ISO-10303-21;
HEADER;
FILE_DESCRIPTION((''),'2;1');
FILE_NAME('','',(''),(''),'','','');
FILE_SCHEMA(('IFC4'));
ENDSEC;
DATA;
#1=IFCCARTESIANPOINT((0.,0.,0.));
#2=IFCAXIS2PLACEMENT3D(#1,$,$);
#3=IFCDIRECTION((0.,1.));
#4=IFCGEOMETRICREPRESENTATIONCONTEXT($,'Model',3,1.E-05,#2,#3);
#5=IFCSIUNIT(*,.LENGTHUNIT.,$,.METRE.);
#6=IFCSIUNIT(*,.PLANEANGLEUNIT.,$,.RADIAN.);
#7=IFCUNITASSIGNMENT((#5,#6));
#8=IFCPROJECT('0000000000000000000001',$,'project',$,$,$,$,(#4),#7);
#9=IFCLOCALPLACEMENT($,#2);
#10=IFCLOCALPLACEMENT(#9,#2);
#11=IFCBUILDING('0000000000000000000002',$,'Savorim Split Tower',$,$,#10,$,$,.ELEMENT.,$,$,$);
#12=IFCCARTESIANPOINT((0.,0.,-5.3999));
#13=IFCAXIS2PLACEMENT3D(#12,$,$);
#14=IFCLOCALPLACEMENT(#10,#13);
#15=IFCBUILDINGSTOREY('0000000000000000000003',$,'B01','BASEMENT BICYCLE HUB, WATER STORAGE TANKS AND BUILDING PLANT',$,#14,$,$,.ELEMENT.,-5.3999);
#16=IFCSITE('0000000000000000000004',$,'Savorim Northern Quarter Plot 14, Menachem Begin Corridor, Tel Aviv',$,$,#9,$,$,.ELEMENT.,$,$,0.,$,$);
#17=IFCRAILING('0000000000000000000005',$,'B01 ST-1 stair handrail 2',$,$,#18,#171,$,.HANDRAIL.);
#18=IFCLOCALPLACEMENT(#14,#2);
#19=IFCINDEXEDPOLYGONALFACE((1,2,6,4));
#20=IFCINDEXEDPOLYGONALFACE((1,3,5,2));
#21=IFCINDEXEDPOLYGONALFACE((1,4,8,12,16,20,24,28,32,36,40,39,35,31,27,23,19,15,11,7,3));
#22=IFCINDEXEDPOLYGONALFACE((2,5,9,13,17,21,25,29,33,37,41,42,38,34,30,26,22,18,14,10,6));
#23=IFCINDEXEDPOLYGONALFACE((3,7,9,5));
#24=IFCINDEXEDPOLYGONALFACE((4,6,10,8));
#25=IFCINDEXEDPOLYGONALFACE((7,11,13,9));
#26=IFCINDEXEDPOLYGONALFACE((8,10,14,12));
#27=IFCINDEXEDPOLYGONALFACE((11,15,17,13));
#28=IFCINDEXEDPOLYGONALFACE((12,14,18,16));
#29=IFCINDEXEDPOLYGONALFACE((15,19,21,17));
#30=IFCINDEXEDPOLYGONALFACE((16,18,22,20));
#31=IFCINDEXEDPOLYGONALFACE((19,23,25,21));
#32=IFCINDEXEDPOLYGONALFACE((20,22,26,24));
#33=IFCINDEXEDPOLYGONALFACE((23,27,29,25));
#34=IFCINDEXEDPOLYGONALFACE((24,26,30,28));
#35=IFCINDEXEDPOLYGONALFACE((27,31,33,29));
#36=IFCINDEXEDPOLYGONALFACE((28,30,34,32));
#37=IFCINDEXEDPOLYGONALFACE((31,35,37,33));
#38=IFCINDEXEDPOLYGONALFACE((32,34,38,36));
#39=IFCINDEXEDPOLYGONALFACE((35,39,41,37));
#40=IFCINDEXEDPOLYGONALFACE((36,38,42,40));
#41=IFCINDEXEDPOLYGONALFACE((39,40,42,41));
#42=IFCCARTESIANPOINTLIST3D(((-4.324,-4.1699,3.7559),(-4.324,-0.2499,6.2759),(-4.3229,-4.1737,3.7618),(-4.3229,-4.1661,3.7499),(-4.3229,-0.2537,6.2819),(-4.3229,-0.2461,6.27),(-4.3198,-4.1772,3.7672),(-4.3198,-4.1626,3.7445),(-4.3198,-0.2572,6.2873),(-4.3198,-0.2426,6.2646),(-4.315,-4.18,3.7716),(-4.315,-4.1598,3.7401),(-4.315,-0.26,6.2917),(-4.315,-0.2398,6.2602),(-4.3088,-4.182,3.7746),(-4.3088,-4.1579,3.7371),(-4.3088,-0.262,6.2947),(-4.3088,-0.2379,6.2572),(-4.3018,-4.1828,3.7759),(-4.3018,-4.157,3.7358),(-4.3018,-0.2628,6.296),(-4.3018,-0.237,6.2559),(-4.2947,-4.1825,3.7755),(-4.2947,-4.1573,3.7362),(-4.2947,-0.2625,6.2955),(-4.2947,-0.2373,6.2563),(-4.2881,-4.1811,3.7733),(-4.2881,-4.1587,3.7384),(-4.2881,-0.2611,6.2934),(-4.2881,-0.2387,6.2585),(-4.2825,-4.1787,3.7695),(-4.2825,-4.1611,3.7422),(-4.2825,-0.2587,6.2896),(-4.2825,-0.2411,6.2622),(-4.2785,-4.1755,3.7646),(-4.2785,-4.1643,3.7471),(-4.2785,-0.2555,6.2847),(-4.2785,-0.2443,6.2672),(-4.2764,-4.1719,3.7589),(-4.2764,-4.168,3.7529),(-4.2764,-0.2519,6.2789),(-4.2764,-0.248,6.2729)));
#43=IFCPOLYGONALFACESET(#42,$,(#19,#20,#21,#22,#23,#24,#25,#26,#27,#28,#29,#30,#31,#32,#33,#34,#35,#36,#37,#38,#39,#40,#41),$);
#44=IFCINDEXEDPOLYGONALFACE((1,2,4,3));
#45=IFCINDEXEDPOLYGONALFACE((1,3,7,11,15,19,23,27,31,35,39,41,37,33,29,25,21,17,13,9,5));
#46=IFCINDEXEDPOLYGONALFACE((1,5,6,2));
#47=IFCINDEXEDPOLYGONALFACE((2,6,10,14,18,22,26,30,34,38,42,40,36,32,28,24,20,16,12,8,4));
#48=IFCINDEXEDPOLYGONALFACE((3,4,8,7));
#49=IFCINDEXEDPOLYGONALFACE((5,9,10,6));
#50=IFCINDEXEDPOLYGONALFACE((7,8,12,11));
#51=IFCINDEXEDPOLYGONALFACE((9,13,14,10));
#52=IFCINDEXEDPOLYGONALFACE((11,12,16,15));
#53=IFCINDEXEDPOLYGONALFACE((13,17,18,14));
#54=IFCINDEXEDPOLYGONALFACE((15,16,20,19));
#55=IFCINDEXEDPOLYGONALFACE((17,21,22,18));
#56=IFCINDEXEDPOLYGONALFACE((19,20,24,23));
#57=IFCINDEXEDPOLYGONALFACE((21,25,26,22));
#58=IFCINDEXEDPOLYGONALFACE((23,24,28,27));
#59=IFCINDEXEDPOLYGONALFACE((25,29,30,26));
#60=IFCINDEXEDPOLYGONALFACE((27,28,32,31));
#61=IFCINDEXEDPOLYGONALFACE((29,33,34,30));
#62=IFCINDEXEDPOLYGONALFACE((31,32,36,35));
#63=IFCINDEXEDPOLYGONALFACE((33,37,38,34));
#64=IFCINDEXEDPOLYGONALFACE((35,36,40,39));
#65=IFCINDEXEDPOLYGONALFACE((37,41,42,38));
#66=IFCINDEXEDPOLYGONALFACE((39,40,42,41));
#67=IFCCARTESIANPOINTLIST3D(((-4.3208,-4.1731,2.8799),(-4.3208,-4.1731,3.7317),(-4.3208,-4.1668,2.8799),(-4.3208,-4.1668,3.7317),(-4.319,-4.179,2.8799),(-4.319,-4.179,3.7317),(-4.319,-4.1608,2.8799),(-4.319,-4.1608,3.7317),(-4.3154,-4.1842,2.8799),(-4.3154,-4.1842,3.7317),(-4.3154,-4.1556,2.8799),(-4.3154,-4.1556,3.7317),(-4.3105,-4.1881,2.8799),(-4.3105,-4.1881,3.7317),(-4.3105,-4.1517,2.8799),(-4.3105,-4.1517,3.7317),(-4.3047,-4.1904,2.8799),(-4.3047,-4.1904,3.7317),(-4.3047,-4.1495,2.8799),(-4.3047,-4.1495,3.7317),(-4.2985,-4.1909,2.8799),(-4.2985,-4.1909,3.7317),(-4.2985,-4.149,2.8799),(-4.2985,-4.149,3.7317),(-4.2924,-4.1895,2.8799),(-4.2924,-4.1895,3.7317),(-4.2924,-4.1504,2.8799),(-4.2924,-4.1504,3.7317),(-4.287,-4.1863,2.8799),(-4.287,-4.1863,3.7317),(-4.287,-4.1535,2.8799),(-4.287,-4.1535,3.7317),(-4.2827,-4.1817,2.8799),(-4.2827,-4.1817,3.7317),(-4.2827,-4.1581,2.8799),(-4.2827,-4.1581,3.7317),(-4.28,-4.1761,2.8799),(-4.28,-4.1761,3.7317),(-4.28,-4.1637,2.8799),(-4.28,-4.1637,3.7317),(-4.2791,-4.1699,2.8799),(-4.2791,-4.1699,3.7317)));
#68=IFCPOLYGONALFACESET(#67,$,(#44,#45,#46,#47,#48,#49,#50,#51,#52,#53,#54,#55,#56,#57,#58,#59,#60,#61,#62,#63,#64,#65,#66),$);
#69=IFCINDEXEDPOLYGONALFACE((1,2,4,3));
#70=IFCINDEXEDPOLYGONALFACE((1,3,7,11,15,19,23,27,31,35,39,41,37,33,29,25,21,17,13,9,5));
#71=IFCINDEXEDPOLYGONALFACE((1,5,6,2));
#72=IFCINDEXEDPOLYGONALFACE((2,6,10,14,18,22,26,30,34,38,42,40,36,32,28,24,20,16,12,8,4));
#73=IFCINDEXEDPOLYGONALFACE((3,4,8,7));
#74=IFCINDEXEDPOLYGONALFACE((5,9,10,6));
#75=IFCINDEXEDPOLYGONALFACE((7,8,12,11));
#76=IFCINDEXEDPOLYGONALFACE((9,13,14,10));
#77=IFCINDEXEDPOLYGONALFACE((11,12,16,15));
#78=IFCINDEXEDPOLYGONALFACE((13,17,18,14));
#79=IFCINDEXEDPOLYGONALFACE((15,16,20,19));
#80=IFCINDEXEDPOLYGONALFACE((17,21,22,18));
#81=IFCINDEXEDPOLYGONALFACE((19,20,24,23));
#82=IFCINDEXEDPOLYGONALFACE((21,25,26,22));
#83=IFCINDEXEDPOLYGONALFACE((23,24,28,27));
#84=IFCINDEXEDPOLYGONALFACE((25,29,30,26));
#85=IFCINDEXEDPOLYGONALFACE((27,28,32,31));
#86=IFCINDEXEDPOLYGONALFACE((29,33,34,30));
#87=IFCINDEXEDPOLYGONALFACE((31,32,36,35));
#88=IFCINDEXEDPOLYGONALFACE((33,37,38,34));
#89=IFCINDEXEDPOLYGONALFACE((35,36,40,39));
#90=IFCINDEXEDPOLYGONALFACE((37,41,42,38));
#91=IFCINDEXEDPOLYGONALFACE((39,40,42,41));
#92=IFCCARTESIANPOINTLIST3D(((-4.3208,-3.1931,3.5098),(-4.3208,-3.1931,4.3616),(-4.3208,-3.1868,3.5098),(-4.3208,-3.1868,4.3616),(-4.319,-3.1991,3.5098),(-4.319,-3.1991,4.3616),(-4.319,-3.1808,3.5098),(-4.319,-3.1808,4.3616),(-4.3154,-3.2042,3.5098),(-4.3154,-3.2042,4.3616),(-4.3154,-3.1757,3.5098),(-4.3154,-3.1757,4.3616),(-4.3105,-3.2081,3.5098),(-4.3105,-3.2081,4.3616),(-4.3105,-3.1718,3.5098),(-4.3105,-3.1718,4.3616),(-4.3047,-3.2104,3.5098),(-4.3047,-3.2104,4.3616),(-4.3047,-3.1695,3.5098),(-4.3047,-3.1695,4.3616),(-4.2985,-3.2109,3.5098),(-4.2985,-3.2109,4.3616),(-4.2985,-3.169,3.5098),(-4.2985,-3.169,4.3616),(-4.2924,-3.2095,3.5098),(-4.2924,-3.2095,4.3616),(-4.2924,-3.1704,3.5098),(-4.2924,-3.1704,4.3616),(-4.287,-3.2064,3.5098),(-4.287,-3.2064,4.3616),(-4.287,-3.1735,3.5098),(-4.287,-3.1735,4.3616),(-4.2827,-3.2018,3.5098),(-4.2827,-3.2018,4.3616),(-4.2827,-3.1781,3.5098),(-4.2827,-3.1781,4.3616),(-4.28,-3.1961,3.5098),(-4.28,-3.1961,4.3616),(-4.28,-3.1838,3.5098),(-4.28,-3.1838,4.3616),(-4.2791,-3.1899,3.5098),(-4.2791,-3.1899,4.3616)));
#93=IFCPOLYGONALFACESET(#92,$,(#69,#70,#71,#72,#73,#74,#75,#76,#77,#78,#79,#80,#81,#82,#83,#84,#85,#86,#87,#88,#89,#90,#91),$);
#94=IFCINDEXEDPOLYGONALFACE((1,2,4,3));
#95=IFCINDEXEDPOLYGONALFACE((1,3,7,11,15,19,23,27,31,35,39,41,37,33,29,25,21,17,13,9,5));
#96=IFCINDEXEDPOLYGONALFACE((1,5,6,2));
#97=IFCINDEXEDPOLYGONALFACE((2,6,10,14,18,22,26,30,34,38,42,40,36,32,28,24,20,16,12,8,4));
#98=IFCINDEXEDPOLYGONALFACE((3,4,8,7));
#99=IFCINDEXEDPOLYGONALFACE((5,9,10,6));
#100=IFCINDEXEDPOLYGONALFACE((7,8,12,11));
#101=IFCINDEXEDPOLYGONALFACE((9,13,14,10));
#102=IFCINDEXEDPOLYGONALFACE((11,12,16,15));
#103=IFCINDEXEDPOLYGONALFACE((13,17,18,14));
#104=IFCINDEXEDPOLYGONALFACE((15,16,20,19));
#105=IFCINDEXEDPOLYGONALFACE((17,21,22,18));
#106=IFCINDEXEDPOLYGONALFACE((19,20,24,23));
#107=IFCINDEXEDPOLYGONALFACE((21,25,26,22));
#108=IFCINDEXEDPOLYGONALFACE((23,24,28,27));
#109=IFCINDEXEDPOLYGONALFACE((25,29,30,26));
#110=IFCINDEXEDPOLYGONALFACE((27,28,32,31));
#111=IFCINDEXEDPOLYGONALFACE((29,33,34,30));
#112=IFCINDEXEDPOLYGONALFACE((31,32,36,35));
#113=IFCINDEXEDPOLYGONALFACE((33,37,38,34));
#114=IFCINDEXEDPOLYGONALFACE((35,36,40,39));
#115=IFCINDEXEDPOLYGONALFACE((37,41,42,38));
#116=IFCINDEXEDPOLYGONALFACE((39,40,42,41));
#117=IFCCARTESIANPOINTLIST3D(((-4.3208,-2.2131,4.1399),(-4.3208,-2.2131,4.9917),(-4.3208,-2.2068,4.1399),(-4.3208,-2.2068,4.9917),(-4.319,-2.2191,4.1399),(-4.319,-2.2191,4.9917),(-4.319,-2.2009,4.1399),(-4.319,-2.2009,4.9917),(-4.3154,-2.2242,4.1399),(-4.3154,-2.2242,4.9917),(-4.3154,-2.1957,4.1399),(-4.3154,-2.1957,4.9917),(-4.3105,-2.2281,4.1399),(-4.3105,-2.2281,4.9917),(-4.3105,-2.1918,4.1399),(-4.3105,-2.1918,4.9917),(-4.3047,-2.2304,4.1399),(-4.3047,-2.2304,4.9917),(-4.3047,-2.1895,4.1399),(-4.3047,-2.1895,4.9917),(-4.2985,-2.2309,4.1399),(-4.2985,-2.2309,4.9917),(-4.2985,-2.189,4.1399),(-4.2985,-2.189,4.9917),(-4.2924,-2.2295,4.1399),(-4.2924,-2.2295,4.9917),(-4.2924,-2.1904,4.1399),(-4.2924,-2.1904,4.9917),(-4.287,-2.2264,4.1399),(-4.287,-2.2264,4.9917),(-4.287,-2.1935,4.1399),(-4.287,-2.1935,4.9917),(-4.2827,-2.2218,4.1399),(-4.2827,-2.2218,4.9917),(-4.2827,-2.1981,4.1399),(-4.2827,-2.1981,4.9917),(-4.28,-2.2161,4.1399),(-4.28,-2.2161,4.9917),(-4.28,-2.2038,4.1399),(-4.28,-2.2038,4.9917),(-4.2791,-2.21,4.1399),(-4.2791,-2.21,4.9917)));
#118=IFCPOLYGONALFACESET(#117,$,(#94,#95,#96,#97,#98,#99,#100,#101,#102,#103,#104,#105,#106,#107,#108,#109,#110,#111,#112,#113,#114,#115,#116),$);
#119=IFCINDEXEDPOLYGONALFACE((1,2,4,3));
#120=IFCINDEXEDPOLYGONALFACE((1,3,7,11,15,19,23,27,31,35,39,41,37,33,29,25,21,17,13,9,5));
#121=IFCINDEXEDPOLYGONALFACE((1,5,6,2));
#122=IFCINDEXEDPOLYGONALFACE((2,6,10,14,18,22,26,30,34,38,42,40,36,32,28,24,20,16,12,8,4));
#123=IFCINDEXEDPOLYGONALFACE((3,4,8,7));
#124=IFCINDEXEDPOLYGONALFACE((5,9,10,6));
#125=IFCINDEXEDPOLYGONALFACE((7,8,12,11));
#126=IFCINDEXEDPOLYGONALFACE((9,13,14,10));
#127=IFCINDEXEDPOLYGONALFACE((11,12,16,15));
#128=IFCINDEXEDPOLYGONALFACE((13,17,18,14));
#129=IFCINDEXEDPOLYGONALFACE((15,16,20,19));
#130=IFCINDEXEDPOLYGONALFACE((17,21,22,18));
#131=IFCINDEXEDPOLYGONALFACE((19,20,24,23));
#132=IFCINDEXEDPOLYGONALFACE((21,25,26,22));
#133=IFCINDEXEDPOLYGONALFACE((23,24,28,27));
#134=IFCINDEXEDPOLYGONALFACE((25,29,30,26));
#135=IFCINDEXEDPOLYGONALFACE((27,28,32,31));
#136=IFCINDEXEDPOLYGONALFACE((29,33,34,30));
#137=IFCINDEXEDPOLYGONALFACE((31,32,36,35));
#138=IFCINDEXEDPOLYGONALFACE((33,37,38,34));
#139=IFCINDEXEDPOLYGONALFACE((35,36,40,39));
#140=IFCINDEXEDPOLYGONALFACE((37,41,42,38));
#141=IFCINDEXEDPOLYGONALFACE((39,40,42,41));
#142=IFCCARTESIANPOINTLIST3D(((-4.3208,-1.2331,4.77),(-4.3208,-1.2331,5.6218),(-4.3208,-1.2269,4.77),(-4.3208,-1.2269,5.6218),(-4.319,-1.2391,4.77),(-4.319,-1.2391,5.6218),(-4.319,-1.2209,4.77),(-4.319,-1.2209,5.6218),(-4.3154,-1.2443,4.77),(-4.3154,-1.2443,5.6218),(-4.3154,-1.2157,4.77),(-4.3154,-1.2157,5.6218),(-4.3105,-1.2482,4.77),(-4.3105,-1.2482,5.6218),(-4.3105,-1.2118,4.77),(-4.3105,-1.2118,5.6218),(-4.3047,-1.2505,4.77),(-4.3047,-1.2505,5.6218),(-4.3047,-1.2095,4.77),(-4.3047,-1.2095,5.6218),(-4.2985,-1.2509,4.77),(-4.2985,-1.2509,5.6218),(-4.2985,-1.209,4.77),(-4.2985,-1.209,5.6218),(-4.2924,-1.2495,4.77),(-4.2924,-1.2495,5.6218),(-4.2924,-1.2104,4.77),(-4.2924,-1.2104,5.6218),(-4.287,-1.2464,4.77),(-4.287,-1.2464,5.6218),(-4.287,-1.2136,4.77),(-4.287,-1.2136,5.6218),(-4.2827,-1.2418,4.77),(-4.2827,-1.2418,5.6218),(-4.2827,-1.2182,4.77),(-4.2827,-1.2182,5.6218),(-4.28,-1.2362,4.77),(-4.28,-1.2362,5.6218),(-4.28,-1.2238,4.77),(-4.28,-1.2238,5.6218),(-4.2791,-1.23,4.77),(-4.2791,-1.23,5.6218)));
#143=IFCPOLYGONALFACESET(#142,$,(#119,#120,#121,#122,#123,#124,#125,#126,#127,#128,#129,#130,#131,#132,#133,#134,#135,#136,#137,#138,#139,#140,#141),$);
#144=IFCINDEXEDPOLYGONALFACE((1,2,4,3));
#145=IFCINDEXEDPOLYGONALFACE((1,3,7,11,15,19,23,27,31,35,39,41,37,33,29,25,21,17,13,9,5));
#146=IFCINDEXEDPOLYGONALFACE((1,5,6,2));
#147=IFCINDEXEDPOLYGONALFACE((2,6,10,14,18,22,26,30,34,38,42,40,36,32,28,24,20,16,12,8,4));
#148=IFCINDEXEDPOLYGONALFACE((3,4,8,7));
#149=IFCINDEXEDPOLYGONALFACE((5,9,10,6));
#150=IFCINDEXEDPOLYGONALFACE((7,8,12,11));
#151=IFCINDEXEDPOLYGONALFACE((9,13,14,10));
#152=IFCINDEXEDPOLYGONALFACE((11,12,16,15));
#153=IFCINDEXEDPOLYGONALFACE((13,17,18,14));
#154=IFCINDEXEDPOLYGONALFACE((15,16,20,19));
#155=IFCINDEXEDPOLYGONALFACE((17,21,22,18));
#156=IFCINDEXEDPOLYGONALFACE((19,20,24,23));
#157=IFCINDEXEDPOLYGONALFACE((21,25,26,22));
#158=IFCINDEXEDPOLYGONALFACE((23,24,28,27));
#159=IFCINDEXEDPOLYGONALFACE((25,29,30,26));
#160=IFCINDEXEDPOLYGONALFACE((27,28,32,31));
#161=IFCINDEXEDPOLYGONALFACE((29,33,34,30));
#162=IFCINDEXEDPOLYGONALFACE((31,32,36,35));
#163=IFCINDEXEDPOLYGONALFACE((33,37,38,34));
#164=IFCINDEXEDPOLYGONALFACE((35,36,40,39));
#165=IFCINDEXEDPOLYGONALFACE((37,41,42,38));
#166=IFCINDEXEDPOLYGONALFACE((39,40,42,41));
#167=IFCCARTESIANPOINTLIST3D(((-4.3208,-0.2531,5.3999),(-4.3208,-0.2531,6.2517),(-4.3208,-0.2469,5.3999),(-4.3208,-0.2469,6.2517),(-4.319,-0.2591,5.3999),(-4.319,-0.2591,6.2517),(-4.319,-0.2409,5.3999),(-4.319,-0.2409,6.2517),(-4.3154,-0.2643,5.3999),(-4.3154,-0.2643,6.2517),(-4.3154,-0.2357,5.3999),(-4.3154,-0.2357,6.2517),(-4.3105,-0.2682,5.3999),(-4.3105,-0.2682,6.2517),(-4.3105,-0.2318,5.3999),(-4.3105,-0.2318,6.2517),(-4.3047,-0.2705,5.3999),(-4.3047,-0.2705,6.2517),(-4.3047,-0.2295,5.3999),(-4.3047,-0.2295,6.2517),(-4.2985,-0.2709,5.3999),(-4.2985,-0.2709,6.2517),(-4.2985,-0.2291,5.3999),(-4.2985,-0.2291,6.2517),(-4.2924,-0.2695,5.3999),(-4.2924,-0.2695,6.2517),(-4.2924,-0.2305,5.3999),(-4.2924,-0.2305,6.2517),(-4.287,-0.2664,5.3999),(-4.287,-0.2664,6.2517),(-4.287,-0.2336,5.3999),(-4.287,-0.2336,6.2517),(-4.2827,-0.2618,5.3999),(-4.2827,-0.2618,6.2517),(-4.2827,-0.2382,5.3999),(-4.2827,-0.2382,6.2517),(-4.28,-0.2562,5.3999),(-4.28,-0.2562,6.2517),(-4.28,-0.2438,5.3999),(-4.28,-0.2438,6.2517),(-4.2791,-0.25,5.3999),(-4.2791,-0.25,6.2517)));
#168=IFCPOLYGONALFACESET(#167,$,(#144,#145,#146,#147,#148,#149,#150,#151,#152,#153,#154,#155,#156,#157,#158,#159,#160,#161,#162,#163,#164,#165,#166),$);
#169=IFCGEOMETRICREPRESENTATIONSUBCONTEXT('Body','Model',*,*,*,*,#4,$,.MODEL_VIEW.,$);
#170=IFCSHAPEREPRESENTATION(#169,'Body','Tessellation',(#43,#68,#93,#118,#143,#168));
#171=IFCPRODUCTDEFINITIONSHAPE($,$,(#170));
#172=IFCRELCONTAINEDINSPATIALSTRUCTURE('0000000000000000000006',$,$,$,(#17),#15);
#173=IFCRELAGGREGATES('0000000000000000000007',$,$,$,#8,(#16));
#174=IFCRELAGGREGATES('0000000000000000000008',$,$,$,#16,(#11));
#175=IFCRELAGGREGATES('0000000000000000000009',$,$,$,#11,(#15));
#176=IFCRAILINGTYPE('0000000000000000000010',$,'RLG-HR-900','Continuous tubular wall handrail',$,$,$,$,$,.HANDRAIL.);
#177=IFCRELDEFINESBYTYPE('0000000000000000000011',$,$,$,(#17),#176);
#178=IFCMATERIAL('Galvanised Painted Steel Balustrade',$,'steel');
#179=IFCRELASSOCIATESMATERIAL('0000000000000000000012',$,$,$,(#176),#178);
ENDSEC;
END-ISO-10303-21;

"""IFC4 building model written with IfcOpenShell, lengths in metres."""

from ifc_helpers import new_model, si_unit, direction, frame, origin, origin_2d, place, context, subcontext, project, spatial, circle, extrude, material, type_object, element, save


model = new_model("IFC4")

# Units and contexts
model_context = context("Model", 3, precision=1e-05, world=origin(), true_north=direction((0.0, 1.0)))
body_context = subcontext(model_context, "Body", "Model", "MODEL_VIEW")
ifc_project = project(units=[si_unit("LENGTHUNIT", "METRE"), si_unit("PLANEANGLEUNIT", "RADIAN")], contexts=[model_context])

# Site, building, storey
site_placement = place(None, origin())
site = spatial("IfcSite", under=ifc_project, at=site_placement, Name="Savorim Northern Quarter Plot 14, Menachem Begin Corridor, Tel Aviv", CompositionType="ELEMENT", RefElevation=0.0)
building_placement = place(site_placement, origin())
building = spatial("IfcBuilding", under=site, at=building_placement, Name="Savorim Split Tower", CompositionType="ELEMENT")
storey_placement = place(building_placement, frame((0.0, 0.0, -5.3999)))
storey = spatial("IfcBuildingStorey", under=building, at=storey_placement, Name="B01", Description="BASEMENT BICYCLE HUB, WATER STORAGE TANKS AND BUILDING PLANT", CompositionType="ELEMENT", Elevation=-5.3999)

# Railing
ifc_material_1 = material(Name="Galvanised Painted Steel Balustrade", Category="steel")
railing_type_1 = type_object("IfcRailingType", Name="RLG-HR-900", Description="Continuous tubular wall handrail", PredefinedType="HANDRAIL", material=ifc_material_1)
railing_1_placement = place(storey_placement, frame((-4.3, -4.1699, 2.8799)))
element("IfcRailing", 1, at=railing_1_placement, inside=storey, type_object=railing_type_1, Name="B01 ST-1 stair handrail 2", PredefinedType="HANDRAIL", context=body_context, shape_type="SweptSolid", body=[
    extrude(circle(Radius=0.0239, at=origin_2d()), frame((0.0, 0.0, 0.876), z_axis=(0.0, 0.841172, 0.540768), x_axis=(-1.0, 0.0, 0.0)), (0.0, 0.0, 1.0), 4.6602),
    extrude(circle(Radius=0.021, at=origin_2d()), origin(), (0.0, 0.0, 1.0), 0.8518),
    extrude(circle(Radius=0.021, at=origin_2d()), frame((0.0, 0.98, 0.6299)), (0.0, 0.0, 1.0), 0.8518),
    extrude(circle(Radius=0.021, at=origin_2d()), frame((0.0, 1.96, 1.26)), (0.0, 0.0, 1.0), 0.8518),
    extrude(circle(Radius=0.021, at=origin_2d()), frame((0.0, 2.9399, 1.8901)), (0.0, 0.0, 1.0), 0.8518),
    extrude(circle(Radius=0.021, at=origin_2d()), frame((0.0, 3.9199, 2.52)), (0.0, 0.0, 1.0), 0.8518),
])

save(model, "model.ifc")
